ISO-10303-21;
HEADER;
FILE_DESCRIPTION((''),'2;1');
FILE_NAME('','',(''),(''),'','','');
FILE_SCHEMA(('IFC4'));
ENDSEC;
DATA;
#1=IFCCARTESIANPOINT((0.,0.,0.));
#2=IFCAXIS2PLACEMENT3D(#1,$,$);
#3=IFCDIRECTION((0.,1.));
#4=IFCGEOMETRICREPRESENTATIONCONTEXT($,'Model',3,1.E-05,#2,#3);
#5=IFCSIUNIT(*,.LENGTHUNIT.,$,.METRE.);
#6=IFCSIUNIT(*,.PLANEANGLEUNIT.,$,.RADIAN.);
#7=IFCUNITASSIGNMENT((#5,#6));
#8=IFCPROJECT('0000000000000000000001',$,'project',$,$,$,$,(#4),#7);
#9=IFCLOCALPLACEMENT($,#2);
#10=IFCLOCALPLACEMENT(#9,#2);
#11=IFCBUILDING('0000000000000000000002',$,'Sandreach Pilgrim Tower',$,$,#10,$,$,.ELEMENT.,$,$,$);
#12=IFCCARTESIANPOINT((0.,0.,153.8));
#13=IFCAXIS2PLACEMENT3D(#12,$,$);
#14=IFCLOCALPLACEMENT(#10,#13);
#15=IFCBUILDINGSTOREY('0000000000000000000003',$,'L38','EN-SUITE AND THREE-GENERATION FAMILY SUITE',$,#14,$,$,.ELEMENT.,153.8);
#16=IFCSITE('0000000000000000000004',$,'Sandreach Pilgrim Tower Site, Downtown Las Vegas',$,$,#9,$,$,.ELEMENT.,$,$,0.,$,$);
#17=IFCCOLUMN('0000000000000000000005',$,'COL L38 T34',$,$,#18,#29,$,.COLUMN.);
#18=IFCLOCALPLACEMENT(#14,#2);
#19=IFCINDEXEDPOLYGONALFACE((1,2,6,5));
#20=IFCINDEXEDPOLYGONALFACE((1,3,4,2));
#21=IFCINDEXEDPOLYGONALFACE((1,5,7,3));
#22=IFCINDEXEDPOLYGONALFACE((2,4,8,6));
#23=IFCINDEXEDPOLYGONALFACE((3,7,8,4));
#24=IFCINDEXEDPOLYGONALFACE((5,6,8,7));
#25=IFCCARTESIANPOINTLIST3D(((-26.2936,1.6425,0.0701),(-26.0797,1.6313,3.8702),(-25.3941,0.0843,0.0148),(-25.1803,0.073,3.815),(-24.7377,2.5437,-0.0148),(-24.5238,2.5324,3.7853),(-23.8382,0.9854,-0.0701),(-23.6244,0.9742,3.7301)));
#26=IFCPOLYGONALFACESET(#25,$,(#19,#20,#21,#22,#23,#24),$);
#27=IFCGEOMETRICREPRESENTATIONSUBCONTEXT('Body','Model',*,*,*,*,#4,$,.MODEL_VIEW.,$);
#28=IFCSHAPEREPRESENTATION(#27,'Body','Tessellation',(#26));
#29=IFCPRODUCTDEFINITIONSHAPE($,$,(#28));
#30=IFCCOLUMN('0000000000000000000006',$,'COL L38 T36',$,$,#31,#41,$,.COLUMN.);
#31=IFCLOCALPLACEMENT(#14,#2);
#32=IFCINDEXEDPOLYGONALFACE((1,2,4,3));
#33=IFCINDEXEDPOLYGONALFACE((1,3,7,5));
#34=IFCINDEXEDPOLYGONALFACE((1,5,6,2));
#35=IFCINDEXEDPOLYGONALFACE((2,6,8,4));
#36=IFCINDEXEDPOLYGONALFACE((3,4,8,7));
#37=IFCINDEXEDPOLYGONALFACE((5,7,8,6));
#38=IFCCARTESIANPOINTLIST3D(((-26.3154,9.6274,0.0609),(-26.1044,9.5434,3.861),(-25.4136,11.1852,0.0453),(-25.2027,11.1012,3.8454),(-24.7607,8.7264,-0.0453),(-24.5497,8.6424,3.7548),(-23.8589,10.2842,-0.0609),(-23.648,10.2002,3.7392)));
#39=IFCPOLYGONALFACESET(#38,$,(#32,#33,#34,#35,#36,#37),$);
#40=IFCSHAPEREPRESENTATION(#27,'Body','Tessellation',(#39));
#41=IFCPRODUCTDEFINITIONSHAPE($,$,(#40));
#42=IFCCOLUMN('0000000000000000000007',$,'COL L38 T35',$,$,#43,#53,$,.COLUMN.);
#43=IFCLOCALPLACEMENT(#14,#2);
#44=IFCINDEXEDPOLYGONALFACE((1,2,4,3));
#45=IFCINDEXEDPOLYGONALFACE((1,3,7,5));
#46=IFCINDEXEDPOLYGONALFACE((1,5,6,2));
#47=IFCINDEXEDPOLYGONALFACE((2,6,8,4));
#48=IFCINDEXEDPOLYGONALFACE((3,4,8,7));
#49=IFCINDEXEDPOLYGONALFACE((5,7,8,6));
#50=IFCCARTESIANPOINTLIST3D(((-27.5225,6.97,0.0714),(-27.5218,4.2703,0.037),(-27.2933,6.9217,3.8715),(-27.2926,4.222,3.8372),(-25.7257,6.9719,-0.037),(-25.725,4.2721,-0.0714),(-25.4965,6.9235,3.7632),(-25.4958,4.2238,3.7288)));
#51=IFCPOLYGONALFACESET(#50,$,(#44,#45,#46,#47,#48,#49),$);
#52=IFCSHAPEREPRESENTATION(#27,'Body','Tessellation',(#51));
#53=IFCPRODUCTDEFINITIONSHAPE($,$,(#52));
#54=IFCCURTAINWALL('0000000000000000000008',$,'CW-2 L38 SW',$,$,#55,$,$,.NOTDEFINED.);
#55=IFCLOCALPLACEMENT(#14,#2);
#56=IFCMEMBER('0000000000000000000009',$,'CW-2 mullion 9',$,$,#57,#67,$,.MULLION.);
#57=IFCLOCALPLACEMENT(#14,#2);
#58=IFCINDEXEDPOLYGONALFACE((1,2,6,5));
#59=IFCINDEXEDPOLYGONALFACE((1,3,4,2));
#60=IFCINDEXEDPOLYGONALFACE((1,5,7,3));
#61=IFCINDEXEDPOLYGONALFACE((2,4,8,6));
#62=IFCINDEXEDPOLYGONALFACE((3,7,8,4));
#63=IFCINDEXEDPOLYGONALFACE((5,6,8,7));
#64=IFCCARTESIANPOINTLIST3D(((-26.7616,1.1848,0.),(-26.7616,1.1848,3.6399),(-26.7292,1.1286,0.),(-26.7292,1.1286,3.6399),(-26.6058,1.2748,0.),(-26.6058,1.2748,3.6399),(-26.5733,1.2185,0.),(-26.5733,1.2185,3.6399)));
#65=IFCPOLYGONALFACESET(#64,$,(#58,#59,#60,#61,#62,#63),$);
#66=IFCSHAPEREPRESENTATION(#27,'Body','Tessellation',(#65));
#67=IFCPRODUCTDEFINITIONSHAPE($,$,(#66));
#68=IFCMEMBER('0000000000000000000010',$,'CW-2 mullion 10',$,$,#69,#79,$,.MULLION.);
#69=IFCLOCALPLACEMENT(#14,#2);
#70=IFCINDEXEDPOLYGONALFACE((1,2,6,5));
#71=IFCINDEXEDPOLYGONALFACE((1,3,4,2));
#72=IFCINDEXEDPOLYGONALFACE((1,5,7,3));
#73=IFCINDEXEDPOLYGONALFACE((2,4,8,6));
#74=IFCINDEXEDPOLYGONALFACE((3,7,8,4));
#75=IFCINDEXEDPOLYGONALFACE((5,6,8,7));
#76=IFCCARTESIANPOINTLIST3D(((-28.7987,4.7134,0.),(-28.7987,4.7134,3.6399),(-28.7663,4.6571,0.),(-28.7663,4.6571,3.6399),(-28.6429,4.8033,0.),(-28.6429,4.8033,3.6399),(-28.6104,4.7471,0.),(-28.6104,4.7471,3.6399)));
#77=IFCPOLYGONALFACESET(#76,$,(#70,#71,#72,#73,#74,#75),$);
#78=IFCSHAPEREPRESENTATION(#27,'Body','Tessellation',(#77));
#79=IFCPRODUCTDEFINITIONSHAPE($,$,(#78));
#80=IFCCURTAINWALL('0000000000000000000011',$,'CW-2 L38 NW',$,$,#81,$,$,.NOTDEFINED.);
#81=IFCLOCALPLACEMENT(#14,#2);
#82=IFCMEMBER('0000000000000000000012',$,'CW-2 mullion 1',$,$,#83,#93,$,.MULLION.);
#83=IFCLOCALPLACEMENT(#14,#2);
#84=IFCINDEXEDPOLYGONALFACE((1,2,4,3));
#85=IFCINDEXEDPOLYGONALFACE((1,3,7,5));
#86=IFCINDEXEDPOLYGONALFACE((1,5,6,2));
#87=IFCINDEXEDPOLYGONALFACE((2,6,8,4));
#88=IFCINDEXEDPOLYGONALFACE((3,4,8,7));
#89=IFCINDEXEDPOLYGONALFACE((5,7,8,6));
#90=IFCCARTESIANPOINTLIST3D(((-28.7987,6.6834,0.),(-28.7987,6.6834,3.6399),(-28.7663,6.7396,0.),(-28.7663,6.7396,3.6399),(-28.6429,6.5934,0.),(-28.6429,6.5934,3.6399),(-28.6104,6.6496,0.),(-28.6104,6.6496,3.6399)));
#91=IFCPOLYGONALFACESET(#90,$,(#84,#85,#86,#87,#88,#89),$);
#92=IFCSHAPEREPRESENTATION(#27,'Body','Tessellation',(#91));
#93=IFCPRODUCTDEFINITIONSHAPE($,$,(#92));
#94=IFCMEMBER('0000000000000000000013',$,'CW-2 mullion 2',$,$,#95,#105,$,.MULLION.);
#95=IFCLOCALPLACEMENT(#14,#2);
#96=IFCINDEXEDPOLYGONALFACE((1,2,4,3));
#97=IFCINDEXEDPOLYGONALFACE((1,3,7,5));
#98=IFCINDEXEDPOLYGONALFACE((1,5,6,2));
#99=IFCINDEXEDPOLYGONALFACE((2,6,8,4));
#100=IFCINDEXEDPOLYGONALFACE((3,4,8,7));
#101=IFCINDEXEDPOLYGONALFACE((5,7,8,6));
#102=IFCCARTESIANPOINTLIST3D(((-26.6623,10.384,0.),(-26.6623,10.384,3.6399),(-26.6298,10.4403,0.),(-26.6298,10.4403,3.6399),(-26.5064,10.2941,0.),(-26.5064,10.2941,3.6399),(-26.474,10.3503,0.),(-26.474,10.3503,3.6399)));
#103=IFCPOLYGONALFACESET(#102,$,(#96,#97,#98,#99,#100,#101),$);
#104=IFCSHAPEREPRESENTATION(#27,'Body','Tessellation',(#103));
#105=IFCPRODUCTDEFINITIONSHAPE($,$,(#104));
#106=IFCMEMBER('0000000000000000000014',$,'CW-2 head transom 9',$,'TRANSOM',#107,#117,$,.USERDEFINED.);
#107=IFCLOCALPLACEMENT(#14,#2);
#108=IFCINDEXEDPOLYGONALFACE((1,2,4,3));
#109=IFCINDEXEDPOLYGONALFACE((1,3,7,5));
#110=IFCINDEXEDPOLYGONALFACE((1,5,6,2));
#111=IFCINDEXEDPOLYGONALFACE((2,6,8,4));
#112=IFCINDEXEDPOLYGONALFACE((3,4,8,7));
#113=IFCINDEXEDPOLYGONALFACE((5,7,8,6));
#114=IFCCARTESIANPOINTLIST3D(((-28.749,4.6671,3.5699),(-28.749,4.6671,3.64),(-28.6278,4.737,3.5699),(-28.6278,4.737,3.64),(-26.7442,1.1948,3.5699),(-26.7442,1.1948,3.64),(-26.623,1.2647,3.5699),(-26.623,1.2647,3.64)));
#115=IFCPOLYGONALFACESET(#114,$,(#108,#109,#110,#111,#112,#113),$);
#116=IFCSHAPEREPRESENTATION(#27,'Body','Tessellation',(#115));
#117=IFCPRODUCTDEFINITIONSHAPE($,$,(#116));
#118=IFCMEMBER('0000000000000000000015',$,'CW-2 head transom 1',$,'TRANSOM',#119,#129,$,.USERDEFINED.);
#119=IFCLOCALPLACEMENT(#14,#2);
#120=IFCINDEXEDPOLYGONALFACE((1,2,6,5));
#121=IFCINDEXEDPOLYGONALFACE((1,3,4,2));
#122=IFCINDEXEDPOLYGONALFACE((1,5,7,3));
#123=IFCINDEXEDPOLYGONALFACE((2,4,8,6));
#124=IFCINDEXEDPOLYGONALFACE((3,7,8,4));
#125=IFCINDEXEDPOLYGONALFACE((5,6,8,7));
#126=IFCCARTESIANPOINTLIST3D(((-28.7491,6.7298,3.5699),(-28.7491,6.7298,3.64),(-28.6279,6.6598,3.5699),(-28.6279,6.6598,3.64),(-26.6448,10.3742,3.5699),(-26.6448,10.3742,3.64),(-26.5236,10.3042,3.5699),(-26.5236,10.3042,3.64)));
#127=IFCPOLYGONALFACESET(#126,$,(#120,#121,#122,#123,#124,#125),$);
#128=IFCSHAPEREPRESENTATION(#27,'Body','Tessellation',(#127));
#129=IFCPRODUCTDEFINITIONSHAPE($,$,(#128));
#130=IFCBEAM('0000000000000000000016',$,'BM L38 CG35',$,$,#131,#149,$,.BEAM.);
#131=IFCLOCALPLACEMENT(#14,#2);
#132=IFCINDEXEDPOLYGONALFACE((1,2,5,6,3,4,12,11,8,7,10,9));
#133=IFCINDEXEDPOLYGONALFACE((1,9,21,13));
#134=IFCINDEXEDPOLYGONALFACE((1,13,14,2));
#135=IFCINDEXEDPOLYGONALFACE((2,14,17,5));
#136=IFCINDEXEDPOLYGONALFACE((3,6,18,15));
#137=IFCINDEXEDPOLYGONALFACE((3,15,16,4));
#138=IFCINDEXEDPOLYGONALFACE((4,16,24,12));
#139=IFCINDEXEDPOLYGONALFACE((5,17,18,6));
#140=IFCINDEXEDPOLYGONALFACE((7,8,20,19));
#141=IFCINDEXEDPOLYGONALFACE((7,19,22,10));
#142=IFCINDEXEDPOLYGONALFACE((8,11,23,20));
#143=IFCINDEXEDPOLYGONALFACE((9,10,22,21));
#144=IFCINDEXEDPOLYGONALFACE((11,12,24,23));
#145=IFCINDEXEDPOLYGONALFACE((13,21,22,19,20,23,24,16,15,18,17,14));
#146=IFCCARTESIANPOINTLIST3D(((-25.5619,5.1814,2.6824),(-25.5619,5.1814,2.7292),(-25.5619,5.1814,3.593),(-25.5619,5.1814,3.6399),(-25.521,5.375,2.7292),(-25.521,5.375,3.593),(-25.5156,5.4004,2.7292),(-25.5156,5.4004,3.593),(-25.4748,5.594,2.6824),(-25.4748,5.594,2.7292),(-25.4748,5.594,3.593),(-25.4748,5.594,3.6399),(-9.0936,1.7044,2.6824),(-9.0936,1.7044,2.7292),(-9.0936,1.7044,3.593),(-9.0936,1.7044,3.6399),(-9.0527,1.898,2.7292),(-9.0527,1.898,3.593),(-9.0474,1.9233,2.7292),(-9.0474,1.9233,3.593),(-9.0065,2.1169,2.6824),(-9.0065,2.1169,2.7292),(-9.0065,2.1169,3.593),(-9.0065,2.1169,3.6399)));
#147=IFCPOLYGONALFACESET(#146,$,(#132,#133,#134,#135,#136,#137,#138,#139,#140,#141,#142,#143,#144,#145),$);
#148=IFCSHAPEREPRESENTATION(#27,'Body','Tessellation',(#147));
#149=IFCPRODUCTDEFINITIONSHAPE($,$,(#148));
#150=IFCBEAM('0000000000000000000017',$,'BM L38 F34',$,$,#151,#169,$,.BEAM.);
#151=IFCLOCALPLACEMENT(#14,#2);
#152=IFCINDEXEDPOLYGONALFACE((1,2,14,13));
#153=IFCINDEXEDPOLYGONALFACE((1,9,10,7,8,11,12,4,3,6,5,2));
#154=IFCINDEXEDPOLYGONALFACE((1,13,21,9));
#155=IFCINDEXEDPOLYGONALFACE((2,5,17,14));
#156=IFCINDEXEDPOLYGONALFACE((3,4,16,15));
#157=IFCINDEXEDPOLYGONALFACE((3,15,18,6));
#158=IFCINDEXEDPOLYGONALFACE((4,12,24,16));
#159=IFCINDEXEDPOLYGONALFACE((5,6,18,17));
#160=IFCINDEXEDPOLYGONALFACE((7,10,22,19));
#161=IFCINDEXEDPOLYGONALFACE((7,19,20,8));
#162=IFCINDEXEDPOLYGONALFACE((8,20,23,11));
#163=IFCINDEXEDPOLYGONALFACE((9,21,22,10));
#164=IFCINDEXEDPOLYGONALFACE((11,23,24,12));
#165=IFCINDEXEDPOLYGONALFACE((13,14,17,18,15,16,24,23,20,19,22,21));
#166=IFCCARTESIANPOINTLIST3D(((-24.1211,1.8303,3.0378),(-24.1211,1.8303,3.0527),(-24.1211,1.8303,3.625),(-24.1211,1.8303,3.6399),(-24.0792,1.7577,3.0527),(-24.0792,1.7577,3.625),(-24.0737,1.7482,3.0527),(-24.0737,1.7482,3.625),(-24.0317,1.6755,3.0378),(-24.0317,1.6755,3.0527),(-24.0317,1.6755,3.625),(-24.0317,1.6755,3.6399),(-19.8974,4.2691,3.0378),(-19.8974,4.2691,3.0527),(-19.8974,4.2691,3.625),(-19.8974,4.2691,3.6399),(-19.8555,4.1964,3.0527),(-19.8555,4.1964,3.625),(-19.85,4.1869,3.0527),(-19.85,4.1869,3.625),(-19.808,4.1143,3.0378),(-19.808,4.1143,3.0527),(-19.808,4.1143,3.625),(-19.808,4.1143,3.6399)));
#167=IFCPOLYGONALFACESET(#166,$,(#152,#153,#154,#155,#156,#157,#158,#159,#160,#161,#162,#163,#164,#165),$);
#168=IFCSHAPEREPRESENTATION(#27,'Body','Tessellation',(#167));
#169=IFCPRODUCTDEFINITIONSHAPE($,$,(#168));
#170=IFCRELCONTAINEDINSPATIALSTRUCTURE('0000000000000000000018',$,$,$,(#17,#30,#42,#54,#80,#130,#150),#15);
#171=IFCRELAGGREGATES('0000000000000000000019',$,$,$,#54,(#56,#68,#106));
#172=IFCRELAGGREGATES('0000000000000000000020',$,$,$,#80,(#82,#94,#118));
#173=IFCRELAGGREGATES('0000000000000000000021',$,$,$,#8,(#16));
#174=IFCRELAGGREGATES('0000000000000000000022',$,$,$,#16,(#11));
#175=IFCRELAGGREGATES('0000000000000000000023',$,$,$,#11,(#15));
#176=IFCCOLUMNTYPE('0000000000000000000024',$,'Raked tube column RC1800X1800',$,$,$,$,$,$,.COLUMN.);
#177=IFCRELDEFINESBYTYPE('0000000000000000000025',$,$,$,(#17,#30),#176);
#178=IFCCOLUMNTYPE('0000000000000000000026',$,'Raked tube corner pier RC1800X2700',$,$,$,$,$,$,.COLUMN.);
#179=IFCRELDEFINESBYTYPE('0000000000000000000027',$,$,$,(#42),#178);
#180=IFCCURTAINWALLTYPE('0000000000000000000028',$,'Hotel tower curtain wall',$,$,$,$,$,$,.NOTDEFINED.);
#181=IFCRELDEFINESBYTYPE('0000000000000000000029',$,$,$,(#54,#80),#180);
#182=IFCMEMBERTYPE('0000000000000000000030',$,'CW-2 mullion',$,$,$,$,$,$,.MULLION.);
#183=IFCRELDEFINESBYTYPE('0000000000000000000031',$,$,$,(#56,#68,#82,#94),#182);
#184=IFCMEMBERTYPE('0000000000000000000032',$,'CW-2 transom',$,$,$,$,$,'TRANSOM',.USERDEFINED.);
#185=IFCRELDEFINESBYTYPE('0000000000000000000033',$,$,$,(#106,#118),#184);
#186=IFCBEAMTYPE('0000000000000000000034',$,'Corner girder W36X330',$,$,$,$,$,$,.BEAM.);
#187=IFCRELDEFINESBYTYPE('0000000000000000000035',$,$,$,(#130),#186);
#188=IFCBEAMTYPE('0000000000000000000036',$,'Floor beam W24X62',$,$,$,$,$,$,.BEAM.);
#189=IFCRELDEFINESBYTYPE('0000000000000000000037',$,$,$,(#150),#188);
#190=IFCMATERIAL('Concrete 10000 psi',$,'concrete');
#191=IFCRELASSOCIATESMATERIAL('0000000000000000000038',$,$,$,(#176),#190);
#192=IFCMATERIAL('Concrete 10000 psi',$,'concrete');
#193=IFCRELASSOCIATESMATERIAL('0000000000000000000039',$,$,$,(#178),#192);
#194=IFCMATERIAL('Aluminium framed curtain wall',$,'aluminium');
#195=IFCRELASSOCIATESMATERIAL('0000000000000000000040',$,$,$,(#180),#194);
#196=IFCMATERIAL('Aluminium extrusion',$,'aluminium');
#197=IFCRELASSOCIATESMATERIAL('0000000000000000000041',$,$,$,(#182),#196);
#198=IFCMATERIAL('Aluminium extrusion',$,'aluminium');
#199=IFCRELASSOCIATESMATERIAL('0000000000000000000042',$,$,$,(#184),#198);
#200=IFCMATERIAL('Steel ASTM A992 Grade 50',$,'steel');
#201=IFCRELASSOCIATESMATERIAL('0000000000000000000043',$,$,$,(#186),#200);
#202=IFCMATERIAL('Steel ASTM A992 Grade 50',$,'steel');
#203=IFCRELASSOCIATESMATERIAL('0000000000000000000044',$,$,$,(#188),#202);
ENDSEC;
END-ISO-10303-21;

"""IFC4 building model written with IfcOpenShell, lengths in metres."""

from ifc_helpers import new_model, si_unit, direction, frame, origin, origin_2d, place, context, subcontext, project, spatial, rectangle, i_section, extrude, material, material_profile, profile_set, type_object, element, aggregate, save


model = new_model("IFC4")

# Units and contexts
model_context = context("Model", 3, precision=1e-05, world=origin(), true_north=direction((0.0, 1.0)))
body_context = subcontext(model_context, "Body", "Model", "MODEL_VIEW")
ifc_project = project(units=[si_unit("LENGTHUNIT", "METRE"), si_unit("PLANEANGLEUNIT", "RADIAN")], contexts=[model_context])

# Site, building, storey
site_placement = place(None, origin())
site = spatial("IfcSite", under=ifc_project, at=site_placement, Name="Sandreach Pilgrim Tower Site, Downtown Las Vegas", CompositionType="ELEMENT", RefElevation=0.0)
building_placement = place(site_placement, origin())
building = spatial("IfcBuilding", under=site, at=building_placement, Name="Sandreach Pilgrim Tower", CompositionType="ELEMENT")
storey_placement = place(building_placement, frame((0.0, 0.0, 153.8)))
storey = spatial("IfcBuildingStorey", under=building, at=storey_placement, Name="L38", Description="EN-SUITE AND THREE-GENERATION FAMILY SUITE", CompositionType="ELEMENT", Elevation=153.8)

# Columns
ifc_material_1 = material(Name="Concrete 10000 psi", Category="concrete")
ifc_material_profile_1 = material_profile(ifc_material_1, rectangle(XDim=1.8, YDim=1.8, at=origin_2d()), Name="RC1800X1800")
ifc_profile_set_1 = profile_set([ifc_material_profile_1], Name="Concrete 10000 psi")
column_type_1 = type_object("IfcColumnType", Name="Raked tube column RC1800X1800", PredefinedType="COLUMN", material=ifc_profile_set_1)
column_1_placement = place(storey_placement, frame((-25.0659, 1.314, 0.0), z_axis=(0.056191, -0.002951, 0.998416), x_axis=(-0.86438, -0.500621, 0.047168)))
element("IfcColumn", 1, at=column_1_placement, inside=storey, type_object=column_type_1, Name="COL L38 T34", PredefinedType="COLUMN", context=body_context, shape_type="SweptSolid", body=[
    extrude(rectangle(XDim=1.8, YDim=1.8, at=origin_2d()), origin(), (0.0, 0.0, 1.0), 3.8062),
])
column_2_placement = place(storey_placement, frame((-25.0872, 9.9558, 0.0), z_axis=(0.05541, -0.022062, 0.99822), x_axis=(-0.863697, 0.500546, 0.059006)))
element("IfcColumn", 2, at=column_2_placement, inside=storey, type_object=column_type_1, Name="COL L38 T36", PredefinedType="COLUMN", context=body_context, shape_type="SweptSolid", body=[
    extrude(rectangle(XDim=1.8, YDim=1.8, at=origin_2d()), origin(), (0.0, 0.0, 1.0), 3.8069),
])
ifc_material_2 = material(Name="Concrete 10000 psi", Category="concrete")
ifc_material_profile_2 = material_profile(ifc_material_2, rectangle(XDim=1.8, YDim=2.7, at=origin_2d()), Name="RC1800X2700")
ifc_profile_set_2 = profile_set([ifc_material_profile_2], Name="Concrete 10000 psi")
column_type_2 = type_object("IfcColumnType", Name="Raked tube corner pier RC1800X2700", PredefinedType="COLUMN", material=ifc_profile_set_2)
column_3_placement = place(storey_placement, frame((-26.6238, 5.6211, 0.0), z_axis=(0.060213, -0.012697, 0.998105), x_axis=(-0.998185, -0.001025, 0.060205)))
element("IfcColumn", 3, at=column_3_placement, inside=storey, type_object=column_type_2, Name="COL L38 T35", PredefinedType="COLUMN", context=body_context, shape_type="SweptSolid", body=[
    extrude(rectangle(XDim=1.8, YDim=2.7, at=origin_2d()), origin(), (0.0, 0.0, 1.0), 3.8074),
])

# Curtain walls, members
ifc_material_3 = material(Name="Aluminium framed curtain wall", Category="aluminium")
curtain_wall_type = type_object("IfcCurtainWallType", Name="Hotel tower curtain wall", PredefinedType="NOTDEFINED", material=ifc_material_3)
curtain_wall_1_placement = place(storey_placement, origin())
curtain_wall_1 = element("IfcCurtainWall", 4, at=curtain_wall_1_placement, inside=storey, type_object=curtain_wall_type, Name="CW-2 L38 SW", PredefinedType="NOTDEFINED")
ifc_material_4 = material(Name="Aluminium extrusion", Category="aluminium")
ifc_material_profile_3 = material_profile(ifc_material_4, rectangle(XDim=0.0649, YDim=0.1799, at=origin_2d()), Name="CW-2M 65X180")
ifc_profile_set_3 = profile_set([ifc_material_profile_3], Name="Aluminium extrusion")
member_type_1 = type_object("IfcMemberType", Name="CW-2 mullion", PredefinedType="MULLION", material=ifc_profile_set_3)
member_1_placement = place(storey_placement, frame((-26.6675, 1.2017, 0.0), z_axis=(0.0, 0.0, 1.0), x_axis=(-0.5, 0.866025, 0.0)))
member_1 = element("IfcMember", 5, at=member_1_placement, type_object=member_type_1, Name="CW-2 mullion 9", PredefinedType="MULLION", context=body_context, shape_type="SweptSolid", body=[
    extrude(rectangle(XDim=0.0649, YDim=0.1799, at=origin_2d()), origin(), (0.0, 0.0, 1.0), 3.6399),
])
member_2_placement = place(storey_placement, frame((-28.7046, 4.7302, 0.0), z_axis=(0.0, 0.0, 1.0), x_axis=(-0.5, 0.866025, 0.0)))
member_2 = element("IfcMember", 6, at=member_2_placement, type_object=member_type_1, Name="CW-2 mullion 10", PredefinedType="MULLION", context=body_context, shape_type="SweptSolid", body=[
    extrude(rectangle(XDim=0.0649, YDim=0.1799, at=origin_2d()), origin(), (0.0, 0.0, 1.0), 3.6399),
])
curtain_wall_2_placement = place(storey_placement, origin())
curtain_wall_2 = element("IfcCurtainWall", 7, at=curtain_wall_2_placement, inside=storey, type_object=curtain_wall_type, Name="CW-2 L38 NW", PredefinedType="NOTDEFINED")
member_3_placement = place(storey_placement, frame((-28.7046, 6.6665, 0.0), z_axis=(0.0, 0.0, 1.0), x_axis=(0.5, 0.866025, 0.0)))
member_3 = element("IfcMember", 8, at=member_3_placement, type_object=member_type_1, Name="CW-2 mullion 1", PredefinedType="MULLION", context=body_context, shape_type="SweptSolid", body=[
    extrude(rectangle(XDim=0.0649, YDim=0.1799, at=origin_2d()), origin(), (0.0, 0.0, 1.0), 3.6399),
])
member_4_placement = place(storey_placement, frame((-26.5681, 10.3672, 0.0), z_axis=(0.0, 0.0, 1.0), x_axis=(0.5, 0.866025, 0.0)))
member_4 = element("IfcMember", 9, at=member_4_placement, type_object=member_type_1, Name="CW-2 mullion 2", PredefinedType="MULLION", context=body_context, shape_type="SweptSolid", body=[
    extrude(rectangle(XDim=0.0649, YDim=0.1799, at=origin_2d()), origin(), (0.0, 0.0, 1.0), 3.6399),
])

# Members
ifc_material_5 = material(Name="Aluminium extrusion", Category="aluminium")
ifc_material_profile_4 = material_profile(ifc_material_5, rectangle(XDim=0.1399, YDim=0.0701, at=origin_2d()), Name="CW-2T 140X70")
ifc_profile_set_4 = profile_set([ifc_material_profile_4], Name="Aluminium extrusion")
member_type_2 = type_object("IfcMemberType", Name="CW-2 transom", ElementType="TRANSOM", PredefinedType="USERDEFINED", material=ifc_profile_set_4)
member_5_placement = place(storey_placement, frame((-26.6836, 1.2297, 3.605), z_axis=(-0.500016, 0.866016, 0.0), x_axis=(-0.866016, -0.500016, 0.0)))
member_5 = element("IfcMember", 10, at=member_5_placement, type_object=member_type_2, Name="CW-2 head transom 9", ObjectType="TRANSOM", PredefinedType="USERDEFINED", context=body_context, shape_type="SweptSolid", body=[
    extrude(rectangle(XDim=0.1399, YDim=0.0701, at=origin_2d()), origin(), (0.0, 0.0, 1.0), 4.0095),
])
member_6_placement = place(storey_placement, frame((-28.6885, 6.6948, 3.605), z_axis=(0.500039, 0.866003, 0.0), x_axis=(-0.866003, 0.500039, 0.0)))
member_6 = element("IfcMember", 11, at=member_6_placement, type_object=member_type_2, Name="CW-2 head transom 1", ObjectType="TRANSOM", PredefinedType="USERDEFINED", context=body_context, shape_type="SweptSolid", body=[
    extrude(rectangle(XDim=0.1399, YDim=0.0701, at=origin_2d()), origin(), (0.0, 0.0, 1.0), 4.2083),
])

# Beams
ifc_material_6 = material(Name="Steel ASTM A992 Grade 50", Category="steel")
ifc_material_profile_5 = material_profile(ifc_material_6, i_section(OverallWidth=0.4216, OverallDepth=0.9575, WebThickness=0.0259, FlangeThickness=0.0469, at=origin_2d()), Name="W36X330")
ifc_profile_set_5 = profile_set([ifc_material_profile_5], Name="Steel ASTM A992 Grade 50")
beam_type_1 = type_object("IfcBeamType", Name="Corner girder W36X330", PredefinedType="BEAM", material=ifc_profile_set_5)
beam_1_placement = place(storey_placement, frame((-25.5183, 5.3877, 3.1611), z_axis=(0.978429, -0.206582, 0.0), x_axis=(0.206582, 0.978429, 0.0)))
element("IfcBeam", 12, at=beam_1_placement, inside=storey, type_object=beam_type_1, Name="BM L38 CG35", PredefinedType="BEAM", context=body_context, shape_type="SweptSolid", body=[
    extrude(i_section(OverallWidth=0.4216, OverallDepth=0.9575, WebThickness=0.0259, FlangeThickness=0.0469, at=origin_2d()), origin(), (0.0, 0.0, 1.0), 16.8313),
])
ifc_material_7 = material(Name="Steel ASTM A992 Grade 50", Category="steel")
ifc_material_profile_6 = material_profile(ifc_material_7, i_section(OverallWidth=0.1787, OverallDepth=0.6021, WebThickness=0.011, FlangeThickness=0.0149, at=origin_2d()), Name="W24X62")
ifc_profile_set_6 = profile_set([ifc_material_profile_6], Name="Steel ASTM A992 Grade 50")
beam_type_2 = type_object("IfcBeamType", Name="Floor beam W24X62", PredefinedType="BEAM", material=ifc_profile_set_6)
beam_2_placement = place(storey_placement, frame((-24.0764, 1.7529, 3.3389), z_axis=(0.866007, 0.500032, 0.0), x_axis=(-0.500032, 0.866007, 0.0)))
element("IfcBeam", 13, at=beam_2_placement, inside=storey, type_object=beam_type_2, Name="BM L38 F34", PredefinedType="BEAM", context=body_context, shape_type="SweptSolid", body=[
    extrude(i_section(OverallWidth=0.1787, OverallDepth=0.6021, WebThickness=0.011, FlangeThickness=0.0149, at=origin_2d()), origin(), (0.0, 0.0, 1.0), 4.8772),
])

aggregate(curtain_wall_1, [member_1, member_2, member_5])
aggregate(curtain_wall_2, [member_3, member_4, member_6])

save(model, "model.ifc")
